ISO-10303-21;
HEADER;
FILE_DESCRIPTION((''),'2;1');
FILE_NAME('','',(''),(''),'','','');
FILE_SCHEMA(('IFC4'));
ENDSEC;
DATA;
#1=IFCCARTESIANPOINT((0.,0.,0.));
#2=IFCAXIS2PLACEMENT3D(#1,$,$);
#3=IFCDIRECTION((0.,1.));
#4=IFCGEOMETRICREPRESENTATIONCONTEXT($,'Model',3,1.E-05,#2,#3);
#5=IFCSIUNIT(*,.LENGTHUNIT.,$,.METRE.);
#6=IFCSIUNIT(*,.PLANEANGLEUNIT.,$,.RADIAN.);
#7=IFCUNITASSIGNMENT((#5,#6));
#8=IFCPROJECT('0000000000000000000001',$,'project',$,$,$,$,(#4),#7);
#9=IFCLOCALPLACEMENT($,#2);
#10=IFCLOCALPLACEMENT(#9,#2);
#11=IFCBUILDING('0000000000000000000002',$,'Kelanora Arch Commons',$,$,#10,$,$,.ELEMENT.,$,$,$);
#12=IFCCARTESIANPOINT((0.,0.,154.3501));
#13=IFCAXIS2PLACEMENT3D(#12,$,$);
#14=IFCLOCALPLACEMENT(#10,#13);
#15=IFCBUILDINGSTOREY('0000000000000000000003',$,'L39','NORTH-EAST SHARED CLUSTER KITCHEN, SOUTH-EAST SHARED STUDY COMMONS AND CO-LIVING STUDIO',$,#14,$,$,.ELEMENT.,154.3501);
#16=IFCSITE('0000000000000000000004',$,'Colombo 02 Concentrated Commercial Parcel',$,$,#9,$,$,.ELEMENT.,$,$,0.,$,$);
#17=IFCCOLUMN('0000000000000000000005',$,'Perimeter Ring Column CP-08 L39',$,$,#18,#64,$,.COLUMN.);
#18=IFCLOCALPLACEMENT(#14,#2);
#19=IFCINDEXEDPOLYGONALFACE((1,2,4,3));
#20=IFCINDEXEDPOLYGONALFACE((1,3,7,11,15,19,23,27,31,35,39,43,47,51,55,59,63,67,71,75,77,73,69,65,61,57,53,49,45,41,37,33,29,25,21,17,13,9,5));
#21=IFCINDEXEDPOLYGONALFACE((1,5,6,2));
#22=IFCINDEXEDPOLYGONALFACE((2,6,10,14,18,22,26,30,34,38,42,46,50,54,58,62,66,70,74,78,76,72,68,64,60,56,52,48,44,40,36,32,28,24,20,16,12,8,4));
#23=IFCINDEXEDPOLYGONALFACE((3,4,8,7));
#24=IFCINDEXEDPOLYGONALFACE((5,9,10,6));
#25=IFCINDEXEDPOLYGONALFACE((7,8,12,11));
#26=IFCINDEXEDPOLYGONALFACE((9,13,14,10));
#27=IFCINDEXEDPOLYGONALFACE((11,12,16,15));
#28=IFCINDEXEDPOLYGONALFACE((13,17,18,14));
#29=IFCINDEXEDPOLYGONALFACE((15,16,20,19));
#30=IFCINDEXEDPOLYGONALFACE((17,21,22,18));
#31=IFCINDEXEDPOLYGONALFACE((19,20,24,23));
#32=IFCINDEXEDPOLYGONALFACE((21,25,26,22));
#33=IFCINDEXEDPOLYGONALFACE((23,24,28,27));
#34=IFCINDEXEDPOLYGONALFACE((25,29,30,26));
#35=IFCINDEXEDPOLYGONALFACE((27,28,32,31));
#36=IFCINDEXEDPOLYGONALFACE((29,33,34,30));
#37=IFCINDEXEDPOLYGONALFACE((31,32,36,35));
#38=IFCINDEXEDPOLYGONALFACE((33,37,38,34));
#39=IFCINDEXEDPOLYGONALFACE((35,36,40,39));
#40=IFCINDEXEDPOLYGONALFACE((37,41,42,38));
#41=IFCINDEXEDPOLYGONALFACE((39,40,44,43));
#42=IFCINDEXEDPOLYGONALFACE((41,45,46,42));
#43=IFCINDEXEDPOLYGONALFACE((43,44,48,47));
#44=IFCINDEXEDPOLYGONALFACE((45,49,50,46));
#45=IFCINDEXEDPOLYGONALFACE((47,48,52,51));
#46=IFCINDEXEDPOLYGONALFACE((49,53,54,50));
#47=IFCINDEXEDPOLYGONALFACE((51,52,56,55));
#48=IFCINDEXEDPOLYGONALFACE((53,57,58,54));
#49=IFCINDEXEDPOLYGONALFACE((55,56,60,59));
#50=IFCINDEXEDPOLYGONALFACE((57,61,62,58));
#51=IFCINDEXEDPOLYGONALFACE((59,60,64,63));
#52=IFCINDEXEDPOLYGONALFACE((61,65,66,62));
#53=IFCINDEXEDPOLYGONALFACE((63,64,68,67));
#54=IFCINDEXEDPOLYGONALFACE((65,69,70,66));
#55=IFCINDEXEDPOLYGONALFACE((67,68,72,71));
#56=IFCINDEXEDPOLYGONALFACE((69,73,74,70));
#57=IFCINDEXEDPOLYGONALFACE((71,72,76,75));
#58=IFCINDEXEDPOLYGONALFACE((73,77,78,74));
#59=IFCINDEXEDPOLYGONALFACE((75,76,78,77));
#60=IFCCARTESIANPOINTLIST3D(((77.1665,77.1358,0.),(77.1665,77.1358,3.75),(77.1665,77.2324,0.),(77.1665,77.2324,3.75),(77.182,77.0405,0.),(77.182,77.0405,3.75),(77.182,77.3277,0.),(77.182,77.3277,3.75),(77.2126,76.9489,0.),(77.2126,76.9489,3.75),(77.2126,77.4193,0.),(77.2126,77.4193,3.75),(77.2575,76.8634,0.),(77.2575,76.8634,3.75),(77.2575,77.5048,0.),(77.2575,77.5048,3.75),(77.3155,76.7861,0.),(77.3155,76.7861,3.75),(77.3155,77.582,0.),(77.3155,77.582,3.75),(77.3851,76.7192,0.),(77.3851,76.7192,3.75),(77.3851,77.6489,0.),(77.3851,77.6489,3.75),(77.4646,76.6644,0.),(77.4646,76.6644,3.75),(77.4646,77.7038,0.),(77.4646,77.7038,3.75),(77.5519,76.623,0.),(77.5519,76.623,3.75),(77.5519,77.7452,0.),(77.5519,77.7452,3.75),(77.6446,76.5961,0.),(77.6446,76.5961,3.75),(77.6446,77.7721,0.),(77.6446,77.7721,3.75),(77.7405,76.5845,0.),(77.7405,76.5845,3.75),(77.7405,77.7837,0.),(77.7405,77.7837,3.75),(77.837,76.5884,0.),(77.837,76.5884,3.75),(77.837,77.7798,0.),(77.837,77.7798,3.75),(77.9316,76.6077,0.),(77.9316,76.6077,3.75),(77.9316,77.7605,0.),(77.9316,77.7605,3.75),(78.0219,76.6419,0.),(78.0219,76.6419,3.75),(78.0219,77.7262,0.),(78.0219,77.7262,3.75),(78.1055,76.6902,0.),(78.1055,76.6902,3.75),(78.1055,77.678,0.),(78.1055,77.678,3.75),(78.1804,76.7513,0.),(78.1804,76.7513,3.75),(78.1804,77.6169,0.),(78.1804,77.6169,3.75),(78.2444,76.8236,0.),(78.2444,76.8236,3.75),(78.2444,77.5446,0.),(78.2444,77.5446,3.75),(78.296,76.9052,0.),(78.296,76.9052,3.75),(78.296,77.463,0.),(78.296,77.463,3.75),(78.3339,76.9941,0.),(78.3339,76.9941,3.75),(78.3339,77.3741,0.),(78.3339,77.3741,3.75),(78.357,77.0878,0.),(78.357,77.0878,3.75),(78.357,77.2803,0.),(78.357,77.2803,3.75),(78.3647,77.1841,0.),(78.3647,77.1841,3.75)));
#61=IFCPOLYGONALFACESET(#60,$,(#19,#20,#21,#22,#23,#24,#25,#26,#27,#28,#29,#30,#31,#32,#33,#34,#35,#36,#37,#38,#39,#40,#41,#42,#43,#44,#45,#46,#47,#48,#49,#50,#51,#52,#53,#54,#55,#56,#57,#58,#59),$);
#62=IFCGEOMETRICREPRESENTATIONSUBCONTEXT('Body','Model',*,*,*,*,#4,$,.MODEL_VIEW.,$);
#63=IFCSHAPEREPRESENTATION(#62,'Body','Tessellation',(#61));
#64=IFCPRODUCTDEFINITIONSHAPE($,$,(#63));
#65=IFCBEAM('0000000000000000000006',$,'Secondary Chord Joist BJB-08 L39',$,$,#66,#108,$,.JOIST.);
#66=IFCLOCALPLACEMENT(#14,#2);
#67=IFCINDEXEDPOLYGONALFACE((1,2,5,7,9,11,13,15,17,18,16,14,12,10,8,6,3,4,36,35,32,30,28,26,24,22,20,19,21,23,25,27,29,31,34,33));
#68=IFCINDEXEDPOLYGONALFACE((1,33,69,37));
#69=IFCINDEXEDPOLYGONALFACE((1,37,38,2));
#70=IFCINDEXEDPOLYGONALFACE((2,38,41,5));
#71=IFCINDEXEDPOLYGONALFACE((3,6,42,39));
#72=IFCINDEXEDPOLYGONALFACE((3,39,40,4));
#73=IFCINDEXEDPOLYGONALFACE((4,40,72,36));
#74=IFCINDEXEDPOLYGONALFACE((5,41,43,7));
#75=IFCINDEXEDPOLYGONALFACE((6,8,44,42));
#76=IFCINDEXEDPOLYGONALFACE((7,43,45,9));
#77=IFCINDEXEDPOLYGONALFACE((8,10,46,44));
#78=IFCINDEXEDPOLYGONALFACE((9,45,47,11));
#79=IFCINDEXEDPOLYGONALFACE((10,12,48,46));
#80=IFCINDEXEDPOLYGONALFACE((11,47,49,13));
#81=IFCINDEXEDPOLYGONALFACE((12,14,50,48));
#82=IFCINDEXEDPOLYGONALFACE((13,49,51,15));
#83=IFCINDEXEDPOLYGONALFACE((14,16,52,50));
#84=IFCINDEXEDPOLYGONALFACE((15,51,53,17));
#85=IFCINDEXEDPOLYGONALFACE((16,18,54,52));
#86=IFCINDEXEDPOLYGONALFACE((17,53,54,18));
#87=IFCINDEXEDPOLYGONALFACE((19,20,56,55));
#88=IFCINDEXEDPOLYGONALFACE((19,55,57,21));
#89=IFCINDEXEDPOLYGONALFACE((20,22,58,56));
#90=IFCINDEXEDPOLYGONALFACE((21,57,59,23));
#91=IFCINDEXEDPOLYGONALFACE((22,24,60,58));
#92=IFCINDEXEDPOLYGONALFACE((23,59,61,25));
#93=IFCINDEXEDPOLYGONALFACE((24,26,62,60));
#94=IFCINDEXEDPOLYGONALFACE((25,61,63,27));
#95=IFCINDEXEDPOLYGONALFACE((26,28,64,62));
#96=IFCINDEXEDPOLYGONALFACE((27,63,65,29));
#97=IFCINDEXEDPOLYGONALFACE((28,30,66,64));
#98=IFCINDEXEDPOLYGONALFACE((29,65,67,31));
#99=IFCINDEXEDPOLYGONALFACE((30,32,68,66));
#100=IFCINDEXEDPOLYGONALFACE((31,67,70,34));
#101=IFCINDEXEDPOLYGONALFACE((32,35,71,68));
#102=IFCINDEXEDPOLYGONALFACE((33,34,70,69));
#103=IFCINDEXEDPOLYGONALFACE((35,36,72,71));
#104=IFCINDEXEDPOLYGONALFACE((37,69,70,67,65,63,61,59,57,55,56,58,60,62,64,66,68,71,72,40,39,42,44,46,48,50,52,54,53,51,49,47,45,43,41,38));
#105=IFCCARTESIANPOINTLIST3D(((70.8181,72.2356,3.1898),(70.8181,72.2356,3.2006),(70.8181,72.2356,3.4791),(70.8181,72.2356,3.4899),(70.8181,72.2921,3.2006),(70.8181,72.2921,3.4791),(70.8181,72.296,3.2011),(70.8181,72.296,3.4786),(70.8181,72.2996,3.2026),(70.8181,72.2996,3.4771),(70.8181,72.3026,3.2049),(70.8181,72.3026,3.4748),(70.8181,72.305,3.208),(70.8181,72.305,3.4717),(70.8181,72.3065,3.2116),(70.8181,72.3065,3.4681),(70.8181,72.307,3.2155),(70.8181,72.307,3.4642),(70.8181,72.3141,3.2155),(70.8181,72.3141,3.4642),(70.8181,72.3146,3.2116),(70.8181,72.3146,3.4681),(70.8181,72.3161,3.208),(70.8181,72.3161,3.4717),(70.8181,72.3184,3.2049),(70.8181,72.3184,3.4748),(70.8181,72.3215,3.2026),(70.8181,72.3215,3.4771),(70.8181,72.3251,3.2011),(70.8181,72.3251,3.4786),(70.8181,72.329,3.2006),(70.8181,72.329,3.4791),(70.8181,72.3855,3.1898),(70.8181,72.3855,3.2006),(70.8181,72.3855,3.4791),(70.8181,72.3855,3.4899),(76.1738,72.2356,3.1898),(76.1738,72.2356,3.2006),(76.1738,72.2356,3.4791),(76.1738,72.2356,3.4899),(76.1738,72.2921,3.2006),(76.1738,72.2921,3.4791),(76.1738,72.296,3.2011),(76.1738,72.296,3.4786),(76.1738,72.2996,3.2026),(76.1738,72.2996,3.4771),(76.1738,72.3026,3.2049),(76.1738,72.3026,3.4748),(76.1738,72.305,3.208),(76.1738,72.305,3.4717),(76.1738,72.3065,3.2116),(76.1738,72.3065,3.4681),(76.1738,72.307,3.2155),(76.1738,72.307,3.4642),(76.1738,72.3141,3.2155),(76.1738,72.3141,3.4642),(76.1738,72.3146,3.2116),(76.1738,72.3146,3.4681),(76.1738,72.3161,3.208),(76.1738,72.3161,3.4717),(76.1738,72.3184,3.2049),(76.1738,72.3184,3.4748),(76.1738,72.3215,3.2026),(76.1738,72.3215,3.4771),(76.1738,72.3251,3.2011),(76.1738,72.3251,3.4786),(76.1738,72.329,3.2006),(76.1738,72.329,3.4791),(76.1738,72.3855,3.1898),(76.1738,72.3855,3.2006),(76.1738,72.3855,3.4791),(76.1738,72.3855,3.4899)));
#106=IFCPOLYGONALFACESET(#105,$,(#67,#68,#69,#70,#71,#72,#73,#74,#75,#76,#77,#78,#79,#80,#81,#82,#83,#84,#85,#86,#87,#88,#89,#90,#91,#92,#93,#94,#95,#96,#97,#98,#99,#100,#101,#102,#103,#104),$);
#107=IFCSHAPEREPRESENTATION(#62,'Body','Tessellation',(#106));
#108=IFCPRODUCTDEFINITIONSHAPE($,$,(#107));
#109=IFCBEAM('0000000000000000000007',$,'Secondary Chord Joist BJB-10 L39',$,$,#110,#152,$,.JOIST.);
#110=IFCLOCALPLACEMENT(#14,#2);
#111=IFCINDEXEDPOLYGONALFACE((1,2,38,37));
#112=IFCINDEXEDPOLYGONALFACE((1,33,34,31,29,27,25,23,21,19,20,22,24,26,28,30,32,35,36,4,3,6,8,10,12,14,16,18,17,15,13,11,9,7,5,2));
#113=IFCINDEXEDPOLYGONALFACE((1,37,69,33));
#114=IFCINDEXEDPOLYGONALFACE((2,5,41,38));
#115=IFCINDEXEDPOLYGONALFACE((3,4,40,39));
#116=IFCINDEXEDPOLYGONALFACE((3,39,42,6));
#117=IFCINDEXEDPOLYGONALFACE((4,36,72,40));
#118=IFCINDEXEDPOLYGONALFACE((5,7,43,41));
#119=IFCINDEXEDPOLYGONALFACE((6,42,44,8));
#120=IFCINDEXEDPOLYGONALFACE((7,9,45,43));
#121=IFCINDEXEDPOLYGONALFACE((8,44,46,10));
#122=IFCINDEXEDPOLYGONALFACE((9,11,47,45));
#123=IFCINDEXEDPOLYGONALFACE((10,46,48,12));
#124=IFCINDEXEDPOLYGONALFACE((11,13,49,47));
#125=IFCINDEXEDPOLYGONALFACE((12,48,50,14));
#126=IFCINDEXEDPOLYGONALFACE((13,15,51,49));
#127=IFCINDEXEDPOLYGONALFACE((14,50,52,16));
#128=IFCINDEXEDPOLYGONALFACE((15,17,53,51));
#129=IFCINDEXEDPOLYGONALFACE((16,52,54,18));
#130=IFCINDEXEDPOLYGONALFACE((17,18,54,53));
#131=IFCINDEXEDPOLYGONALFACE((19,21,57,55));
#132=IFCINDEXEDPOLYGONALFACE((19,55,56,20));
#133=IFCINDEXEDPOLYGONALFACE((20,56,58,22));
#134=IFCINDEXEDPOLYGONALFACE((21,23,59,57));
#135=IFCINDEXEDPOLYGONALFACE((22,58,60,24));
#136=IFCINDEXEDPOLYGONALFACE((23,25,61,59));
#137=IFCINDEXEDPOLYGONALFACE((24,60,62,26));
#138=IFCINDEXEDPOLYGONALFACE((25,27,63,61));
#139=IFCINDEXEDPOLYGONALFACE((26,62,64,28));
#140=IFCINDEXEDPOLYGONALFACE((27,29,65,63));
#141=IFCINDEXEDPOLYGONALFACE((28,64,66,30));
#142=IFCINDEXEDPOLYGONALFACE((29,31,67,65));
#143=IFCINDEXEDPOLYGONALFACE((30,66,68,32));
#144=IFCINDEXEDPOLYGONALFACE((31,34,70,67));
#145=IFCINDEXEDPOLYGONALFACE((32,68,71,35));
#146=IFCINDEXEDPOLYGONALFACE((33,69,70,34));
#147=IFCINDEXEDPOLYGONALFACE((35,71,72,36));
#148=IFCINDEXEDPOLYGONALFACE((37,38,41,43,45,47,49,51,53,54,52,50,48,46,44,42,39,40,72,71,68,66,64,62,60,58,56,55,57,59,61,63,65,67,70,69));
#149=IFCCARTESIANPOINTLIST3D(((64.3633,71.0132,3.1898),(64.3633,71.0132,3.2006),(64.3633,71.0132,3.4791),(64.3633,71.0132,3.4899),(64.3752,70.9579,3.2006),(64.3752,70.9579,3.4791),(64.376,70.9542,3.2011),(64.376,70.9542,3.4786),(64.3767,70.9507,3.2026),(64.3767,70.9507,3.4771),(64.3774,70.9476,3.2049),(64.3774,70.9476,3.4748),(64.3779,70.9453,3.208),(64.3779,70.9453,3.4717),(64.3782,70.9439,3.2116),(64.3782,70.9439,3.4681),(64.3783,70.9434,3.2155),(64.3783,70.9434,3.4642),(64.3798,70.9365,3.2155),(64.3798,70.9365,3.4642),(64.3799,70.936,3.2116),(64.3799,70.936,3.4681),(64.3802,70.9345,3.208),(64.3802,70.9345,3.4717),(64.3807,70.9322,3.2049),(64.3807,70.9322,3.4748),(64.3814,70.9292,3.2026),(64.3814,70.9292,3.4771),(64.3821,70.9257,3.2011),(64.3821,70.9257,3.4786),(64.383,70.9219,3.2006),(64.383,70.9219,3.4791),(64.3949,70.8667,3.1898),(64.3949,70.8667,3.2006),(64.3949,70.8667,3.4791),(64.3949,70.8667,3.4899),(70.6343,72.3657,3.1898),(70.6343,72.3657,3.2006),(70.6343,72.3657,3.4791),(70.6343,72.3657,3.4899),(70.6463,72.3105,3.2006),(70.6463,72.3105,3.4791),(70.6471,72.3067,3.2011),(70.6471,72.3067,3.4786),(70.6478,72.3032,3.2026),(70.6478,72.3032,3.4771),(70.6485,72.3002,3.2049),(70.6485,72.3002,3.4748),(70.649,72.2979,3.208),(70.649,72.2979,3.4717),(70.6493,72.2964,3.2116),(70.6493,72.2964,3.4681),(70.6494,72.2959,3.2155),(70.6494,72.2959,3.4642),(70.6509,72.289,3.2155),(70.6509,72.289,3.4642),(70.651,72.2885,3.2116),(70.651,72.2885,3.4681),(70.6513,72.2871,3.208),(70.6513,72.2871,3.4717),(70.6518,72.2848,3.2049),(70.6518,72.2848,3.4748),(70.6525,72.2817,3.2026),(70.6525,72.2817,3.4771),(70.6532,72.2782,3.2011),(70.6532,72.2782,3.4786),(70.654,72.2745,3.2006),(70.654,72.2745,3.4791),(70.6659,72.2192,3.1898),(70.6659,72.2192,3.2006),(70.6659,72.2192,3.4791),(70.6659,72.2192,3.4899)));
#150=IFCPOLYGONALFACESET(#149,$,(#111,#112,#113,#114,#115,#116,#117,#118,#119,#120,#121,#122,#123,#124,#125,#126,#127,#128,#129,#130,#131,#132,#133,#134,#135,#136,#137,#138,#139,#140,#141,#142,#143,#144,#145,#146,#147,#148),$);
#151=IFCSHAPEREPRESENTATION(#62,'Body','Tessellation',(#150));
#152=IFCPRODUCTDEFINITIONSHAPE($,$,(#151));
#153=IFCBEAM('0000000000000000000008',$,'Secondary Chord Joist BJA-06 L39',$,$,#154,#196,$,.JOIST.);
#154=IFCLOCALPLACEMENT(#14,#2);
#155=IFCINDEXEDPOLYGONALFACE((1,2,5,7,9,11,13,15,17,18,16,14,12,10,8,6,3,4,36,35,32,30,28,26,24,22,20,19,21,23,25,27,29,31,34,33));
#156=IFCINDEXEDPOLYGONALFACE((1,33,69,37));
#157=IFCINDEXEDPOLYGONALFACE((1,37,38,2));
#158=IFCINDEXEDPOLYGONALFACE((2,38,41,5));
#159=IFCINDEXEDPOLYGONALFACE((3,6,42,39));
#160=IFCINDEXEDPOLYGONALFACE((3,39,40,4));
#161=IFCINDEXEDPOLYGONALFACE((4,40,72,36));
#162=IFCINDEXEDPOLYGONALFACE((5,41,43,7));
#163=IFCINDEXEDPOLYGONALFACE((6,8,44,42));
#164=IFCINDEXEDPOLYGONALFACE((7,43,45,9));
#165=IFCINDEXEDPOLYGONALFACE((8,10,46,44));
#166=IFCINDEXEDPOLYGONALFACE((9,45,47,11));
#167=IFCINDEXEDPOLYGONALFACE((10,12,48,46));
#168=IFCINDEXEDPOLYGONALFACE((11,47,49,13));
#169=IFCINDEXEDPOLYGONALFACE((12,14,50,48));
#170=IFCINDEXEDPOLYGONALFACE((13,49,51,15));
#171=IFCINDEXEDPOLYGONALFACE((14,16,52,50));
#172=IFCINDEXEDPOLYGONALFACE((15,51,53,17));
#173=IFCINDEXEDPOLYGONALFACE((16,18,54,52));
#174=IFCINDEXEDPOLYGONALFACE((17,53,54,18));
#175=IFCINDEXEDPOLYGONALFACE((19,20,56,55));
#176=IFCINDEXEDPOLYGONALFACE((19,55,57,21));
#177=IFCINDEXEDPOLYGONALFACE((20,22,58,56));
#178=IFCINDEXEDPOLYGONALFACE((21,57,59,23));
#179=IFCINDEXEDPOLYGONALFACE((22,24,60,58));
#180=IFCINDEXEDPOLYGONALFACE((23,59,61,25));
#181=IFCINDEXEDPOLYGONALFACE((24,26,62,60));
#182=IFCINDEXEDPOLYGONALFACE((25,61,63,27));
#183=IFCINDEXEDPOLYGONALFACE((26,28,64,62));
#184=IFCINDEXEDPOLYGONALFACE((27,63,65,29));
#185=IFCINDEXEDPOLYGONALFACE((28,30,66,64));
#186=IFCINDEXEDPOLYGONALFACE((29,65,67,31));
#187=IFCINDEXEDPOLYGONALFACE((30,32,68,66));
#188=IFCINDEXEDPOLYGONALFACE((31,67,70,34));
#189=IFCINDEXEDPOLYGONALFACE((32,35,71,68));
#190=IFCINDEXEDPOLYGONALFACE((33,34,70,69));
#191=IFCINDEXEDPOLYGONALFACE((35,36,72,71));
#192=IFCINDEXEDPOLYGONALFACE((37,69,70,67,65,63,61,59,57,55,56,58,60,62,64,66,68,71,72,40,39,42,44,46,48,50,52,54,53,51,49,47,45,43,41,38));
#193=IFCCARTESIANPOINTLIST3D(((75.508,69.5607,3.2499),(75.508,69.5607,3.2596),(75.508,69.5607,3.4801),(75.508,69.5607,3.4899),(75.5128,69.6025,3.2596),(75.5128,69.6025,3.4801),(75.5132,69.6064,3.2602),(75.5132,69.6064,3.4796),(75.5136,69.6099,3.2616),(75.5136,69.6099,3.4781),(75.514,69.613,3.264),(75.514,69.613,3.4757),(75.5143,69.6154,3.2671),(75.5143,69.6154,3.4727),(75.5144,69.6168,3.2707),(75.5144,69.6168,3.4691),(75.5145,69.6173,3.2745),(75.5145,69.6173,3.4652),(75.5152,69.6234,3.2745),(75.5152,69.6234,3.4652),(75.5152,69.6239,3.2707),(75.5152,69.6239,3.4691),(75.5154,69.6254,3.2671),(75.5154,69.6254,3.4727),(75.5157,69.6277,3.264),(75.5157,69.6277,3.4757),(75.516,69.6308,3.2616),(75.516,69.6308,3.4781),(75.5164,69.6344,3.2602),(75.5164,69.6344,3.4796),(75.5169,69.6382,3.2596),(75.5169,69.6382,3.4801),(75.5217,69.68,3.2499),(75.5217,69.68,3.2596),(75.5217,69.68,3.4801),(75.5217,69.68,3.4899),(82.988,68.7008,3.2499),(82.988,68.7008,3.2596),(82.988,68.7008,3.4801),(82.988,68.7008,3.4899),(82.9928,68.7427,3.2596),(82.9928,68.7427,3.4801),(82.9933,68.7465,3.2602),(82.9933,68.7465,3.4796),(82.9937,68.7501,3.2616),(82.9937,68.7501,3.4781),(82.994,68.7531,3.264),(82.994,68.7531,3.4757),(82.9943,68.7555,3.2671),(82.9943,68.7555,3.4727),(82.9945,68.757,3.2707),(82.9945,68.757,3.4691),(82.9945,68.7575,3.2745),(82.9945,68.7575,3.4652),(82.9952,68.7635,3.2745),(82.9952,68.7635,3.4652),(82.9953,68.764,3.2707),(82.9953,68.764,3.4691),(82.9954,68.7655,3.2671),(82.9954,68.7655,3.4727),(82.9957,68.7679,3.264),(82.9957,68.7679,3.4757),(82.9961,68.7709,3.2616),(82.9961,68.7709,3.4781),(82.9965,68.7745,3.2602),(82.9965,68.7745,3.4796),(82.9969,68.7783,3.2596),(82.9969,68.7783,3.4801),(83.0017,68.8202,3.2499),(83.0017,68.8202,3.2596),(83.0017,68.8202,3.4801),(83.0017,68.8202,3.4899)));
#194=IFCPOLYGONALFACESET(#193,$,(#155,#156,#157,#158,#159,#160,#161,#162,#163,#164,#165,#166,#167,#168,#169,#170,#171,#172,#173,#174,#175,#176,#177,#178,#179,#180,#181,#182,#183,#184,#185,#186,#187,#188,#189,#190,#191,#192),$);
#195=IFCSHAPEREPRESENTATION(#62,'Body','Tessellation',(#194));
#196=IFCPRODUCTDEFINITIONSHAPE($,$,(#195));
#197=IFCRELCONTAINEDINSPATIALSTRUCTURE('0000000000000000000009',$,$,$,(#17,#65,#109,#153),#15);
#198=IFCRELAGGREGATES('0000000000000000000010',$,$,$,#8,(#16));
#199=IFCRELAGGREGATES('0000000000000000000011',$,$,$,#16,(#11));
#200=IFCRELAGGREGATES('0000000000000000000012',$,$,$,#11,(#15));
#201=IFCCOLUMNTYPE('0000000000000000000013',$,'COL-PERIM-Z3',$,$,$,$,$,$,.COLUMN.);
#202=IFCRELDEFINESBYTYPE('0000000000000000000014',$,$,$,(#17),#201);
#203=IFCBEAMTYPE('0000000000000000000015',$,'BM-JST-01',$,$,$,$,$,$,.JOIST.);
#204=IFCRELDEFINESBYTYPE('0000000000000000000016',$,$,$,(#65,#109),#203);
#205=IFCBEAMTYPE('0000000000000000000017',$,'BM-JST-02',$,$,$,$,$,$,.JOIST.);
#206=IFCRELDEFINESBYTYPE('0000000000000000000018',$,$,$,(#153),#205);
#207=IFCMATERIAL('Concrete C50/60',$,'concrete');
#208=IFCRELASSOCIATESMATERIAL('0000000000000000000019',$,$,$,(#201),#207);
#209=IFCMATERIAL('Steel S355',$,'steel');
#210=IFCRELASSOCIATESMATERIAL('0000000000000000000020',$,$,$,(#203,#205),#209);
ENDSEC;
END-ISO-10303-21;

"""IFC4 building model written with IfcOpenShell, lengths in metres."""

from ifc_helpers import new_model, si_unit, direction, frame, origin, origin_2d, place, context, subcontext, project, spatial, circle, i_section, extrude, material, material_profile, profile_set, type_object, element, save


model = new_model("IFC4")

# Units and contexts
model_context = context("Model", 3, precision=1e-05, world=origin(), true_north=direction((0.0, 1.0)))
body_context = subcontext(model_context, "Body", "Model", "MODEL_VIEW")
ifc_project = project(units=[si_unit("LENGTHUNIT", "METRE"), si_unit("PLANEANGLEUNIT", "RADIAN")], contexts=[model_context])

# Site, building, storey
site_placement = place(None, origin())
site = spatial("IfcSite", under=ifc_project, at=site_placement, Name="Colombo 02 Concentrated Commercial Parcel", CompositionType="ELEMENT", RefElevation=0.0)
building_placement = place(site_placement, origin())
building = spatial("IfcBuilding", under=site, at=building_placement, Name="Kelanora Arch Commons", CompositionType="ELEMENT")
storey_placement = place(building_placement, frame((0.0, 0.0, 154.3501)))
storey = spatial("IfcBuildingStorey", under=building, at=storey_placement, Name="L39", Description="NORTH-EAST SHARED CLUSTER KITCHEN, SOUTH-EAST SHARED STUDY COMMONS AND CO-LIVING STUDIO", CompositionType="ELEMENT", Elevation=154.3501)

# Column
ifc_material_1 = material(Name="Concrete C50/60", Category="concrete")
ifc_material_profile_1 = material_profile(ifc_material_1, circle(Radius=0.6001, at=origin_2d()), Name="RCC1200")
ifc_profile_set_1 = profile_set([ifc_material_profile_1], Name="Concrete C50/60")
column_type = type_object("IfcColumnType", Name="COL-PERIM-Z3", PredefinedType="COLUMN", material=ifc_profile_set_1)
column_placement = place(storey_placement, frame((77.7646, 77.1841, 0.0), z_axis=(0.0, 0.0, 1.0), x_axis=(1.0, 0.0, 0.0)))
element("IfcColumn", 1, at=column_placement, inside=storey, type_object=column_type, Name="Perimeter Ring Column CP-08 L39", PredefinedType="COLUMN", context=body_context, shape_type="SweptSolid", body=[
    extrude(circle(Radius=0.6001, at=origin_2d()), origin(), (0.0, 0.0, 1.0), 3.75),
])

# Beams
ifc_material_2 = material(Name="Steel S355", Category="steel")
ifc_material_profile_2 = material_profile(ifc_material_2, i_section(OverallWidth=0.1499, OverallDepth=0.3, WebThickness=0.0071, FlangeThickness=0.0107, FilletRadius=0.0149, at=origin_2d()), Name="IPE300")
ifc_profile_set_2 = profile_set([ifc_material_profile_2], Name="Steel S355")
beam_type_1 = type_object("IfcBeamType", Name="BM-JST-01", PredefinedType="JOIST", material=ifc_profile_set_2)
beam_1_placement = place(storey_placement, frame((76.1738, 72.3105, 3.3398), z_axis=(-1.0, 0.0, 0.0), x_axis=(0.0, -1.0, 0.0)))
element("IfcBeam", 2, at=beam_1_placement, inside=storey, type_object=beam_type_1, Name="Secondary Chord Joist BJB-08 L39", PredefinedType="JOIST", context=body_context, shape_type="SweptSolid", body=[
    extrude(i_section(OverallWidth=0.1499, OverallDepth=0.3, WebThickness=0.0071, FlangeThickness=0.0107, FilletRadius=0.0149, at=origin_2d()), origin(), (0.0, 0.0, 1.0), 5.3557),
])
beam_2_placement = place(storey_placement, frame((70.6501, 72.2925, 3.3398), z_axis=(-0.977522, -0.210834, 0.0), x_axis=(0.210834, -0.977522, 0.0)))
element("IfcBeam", 3, at=beam_2_placement, inside=storey, type_object=beam_type_1, Name="Secondary Chord Joist BJB-10 L39", PredefinedType="JOIST", context=body_context, shape_type="SweptSolid", body=[
    extrude(i_section(OverallWidth=0.1499, OverallDepth=0.3, WebThickness=0.0071, FlangeThickness=0.0107, FilletRadius=0.0149, at=origin_2d()), origin(), (0.0, 0.0, 1.0), 6.4153),
])
ifc_material_profile_3 = material_profile(ifc_material_2, i_section(OverallWidth=0.1201, OverallDepth=0.24, WebThickness=0.0061, FlangeThickness=0.0098, FilletRadius=0.0149, at=origin_2d()), Name="IPE240")
ifc_profile_set_3 = profile_set([ifc_material_profile_3], Name="Steel S355")
beam_type_2 = type_object("IfcBeamType", Name="BM-JST-02", PredefinedType="JOIST", material=ifc_profile_set_3)
beam_3_placement = place(storey_placement, frame((82.9949, 68.7605, 3.3699), z_axis=(-0.993457, 0.114203, 0.0), x_axis=(-0.114203, -0.993457, 0.0)))
element("IfcBeam", 4, at=beam_3_placement, inside=storey, type_object=beam_type_2, Name="Secondary Chord Joist BJA-06 L39", PredefinedType="JOIST", context=body_context, shape_type="SweptSolid", body=[
    extrude(i_section(OverallWidth=0.1201, OverallDepth=0.24, WebThickness=0.0061, FlangeThickness=0.0098, FilletRadius=0.0149, at=origin_2d()), origin(), (0.0, 0.0, 1.0), 7.5293),
])

save(model, "model.ifc")
